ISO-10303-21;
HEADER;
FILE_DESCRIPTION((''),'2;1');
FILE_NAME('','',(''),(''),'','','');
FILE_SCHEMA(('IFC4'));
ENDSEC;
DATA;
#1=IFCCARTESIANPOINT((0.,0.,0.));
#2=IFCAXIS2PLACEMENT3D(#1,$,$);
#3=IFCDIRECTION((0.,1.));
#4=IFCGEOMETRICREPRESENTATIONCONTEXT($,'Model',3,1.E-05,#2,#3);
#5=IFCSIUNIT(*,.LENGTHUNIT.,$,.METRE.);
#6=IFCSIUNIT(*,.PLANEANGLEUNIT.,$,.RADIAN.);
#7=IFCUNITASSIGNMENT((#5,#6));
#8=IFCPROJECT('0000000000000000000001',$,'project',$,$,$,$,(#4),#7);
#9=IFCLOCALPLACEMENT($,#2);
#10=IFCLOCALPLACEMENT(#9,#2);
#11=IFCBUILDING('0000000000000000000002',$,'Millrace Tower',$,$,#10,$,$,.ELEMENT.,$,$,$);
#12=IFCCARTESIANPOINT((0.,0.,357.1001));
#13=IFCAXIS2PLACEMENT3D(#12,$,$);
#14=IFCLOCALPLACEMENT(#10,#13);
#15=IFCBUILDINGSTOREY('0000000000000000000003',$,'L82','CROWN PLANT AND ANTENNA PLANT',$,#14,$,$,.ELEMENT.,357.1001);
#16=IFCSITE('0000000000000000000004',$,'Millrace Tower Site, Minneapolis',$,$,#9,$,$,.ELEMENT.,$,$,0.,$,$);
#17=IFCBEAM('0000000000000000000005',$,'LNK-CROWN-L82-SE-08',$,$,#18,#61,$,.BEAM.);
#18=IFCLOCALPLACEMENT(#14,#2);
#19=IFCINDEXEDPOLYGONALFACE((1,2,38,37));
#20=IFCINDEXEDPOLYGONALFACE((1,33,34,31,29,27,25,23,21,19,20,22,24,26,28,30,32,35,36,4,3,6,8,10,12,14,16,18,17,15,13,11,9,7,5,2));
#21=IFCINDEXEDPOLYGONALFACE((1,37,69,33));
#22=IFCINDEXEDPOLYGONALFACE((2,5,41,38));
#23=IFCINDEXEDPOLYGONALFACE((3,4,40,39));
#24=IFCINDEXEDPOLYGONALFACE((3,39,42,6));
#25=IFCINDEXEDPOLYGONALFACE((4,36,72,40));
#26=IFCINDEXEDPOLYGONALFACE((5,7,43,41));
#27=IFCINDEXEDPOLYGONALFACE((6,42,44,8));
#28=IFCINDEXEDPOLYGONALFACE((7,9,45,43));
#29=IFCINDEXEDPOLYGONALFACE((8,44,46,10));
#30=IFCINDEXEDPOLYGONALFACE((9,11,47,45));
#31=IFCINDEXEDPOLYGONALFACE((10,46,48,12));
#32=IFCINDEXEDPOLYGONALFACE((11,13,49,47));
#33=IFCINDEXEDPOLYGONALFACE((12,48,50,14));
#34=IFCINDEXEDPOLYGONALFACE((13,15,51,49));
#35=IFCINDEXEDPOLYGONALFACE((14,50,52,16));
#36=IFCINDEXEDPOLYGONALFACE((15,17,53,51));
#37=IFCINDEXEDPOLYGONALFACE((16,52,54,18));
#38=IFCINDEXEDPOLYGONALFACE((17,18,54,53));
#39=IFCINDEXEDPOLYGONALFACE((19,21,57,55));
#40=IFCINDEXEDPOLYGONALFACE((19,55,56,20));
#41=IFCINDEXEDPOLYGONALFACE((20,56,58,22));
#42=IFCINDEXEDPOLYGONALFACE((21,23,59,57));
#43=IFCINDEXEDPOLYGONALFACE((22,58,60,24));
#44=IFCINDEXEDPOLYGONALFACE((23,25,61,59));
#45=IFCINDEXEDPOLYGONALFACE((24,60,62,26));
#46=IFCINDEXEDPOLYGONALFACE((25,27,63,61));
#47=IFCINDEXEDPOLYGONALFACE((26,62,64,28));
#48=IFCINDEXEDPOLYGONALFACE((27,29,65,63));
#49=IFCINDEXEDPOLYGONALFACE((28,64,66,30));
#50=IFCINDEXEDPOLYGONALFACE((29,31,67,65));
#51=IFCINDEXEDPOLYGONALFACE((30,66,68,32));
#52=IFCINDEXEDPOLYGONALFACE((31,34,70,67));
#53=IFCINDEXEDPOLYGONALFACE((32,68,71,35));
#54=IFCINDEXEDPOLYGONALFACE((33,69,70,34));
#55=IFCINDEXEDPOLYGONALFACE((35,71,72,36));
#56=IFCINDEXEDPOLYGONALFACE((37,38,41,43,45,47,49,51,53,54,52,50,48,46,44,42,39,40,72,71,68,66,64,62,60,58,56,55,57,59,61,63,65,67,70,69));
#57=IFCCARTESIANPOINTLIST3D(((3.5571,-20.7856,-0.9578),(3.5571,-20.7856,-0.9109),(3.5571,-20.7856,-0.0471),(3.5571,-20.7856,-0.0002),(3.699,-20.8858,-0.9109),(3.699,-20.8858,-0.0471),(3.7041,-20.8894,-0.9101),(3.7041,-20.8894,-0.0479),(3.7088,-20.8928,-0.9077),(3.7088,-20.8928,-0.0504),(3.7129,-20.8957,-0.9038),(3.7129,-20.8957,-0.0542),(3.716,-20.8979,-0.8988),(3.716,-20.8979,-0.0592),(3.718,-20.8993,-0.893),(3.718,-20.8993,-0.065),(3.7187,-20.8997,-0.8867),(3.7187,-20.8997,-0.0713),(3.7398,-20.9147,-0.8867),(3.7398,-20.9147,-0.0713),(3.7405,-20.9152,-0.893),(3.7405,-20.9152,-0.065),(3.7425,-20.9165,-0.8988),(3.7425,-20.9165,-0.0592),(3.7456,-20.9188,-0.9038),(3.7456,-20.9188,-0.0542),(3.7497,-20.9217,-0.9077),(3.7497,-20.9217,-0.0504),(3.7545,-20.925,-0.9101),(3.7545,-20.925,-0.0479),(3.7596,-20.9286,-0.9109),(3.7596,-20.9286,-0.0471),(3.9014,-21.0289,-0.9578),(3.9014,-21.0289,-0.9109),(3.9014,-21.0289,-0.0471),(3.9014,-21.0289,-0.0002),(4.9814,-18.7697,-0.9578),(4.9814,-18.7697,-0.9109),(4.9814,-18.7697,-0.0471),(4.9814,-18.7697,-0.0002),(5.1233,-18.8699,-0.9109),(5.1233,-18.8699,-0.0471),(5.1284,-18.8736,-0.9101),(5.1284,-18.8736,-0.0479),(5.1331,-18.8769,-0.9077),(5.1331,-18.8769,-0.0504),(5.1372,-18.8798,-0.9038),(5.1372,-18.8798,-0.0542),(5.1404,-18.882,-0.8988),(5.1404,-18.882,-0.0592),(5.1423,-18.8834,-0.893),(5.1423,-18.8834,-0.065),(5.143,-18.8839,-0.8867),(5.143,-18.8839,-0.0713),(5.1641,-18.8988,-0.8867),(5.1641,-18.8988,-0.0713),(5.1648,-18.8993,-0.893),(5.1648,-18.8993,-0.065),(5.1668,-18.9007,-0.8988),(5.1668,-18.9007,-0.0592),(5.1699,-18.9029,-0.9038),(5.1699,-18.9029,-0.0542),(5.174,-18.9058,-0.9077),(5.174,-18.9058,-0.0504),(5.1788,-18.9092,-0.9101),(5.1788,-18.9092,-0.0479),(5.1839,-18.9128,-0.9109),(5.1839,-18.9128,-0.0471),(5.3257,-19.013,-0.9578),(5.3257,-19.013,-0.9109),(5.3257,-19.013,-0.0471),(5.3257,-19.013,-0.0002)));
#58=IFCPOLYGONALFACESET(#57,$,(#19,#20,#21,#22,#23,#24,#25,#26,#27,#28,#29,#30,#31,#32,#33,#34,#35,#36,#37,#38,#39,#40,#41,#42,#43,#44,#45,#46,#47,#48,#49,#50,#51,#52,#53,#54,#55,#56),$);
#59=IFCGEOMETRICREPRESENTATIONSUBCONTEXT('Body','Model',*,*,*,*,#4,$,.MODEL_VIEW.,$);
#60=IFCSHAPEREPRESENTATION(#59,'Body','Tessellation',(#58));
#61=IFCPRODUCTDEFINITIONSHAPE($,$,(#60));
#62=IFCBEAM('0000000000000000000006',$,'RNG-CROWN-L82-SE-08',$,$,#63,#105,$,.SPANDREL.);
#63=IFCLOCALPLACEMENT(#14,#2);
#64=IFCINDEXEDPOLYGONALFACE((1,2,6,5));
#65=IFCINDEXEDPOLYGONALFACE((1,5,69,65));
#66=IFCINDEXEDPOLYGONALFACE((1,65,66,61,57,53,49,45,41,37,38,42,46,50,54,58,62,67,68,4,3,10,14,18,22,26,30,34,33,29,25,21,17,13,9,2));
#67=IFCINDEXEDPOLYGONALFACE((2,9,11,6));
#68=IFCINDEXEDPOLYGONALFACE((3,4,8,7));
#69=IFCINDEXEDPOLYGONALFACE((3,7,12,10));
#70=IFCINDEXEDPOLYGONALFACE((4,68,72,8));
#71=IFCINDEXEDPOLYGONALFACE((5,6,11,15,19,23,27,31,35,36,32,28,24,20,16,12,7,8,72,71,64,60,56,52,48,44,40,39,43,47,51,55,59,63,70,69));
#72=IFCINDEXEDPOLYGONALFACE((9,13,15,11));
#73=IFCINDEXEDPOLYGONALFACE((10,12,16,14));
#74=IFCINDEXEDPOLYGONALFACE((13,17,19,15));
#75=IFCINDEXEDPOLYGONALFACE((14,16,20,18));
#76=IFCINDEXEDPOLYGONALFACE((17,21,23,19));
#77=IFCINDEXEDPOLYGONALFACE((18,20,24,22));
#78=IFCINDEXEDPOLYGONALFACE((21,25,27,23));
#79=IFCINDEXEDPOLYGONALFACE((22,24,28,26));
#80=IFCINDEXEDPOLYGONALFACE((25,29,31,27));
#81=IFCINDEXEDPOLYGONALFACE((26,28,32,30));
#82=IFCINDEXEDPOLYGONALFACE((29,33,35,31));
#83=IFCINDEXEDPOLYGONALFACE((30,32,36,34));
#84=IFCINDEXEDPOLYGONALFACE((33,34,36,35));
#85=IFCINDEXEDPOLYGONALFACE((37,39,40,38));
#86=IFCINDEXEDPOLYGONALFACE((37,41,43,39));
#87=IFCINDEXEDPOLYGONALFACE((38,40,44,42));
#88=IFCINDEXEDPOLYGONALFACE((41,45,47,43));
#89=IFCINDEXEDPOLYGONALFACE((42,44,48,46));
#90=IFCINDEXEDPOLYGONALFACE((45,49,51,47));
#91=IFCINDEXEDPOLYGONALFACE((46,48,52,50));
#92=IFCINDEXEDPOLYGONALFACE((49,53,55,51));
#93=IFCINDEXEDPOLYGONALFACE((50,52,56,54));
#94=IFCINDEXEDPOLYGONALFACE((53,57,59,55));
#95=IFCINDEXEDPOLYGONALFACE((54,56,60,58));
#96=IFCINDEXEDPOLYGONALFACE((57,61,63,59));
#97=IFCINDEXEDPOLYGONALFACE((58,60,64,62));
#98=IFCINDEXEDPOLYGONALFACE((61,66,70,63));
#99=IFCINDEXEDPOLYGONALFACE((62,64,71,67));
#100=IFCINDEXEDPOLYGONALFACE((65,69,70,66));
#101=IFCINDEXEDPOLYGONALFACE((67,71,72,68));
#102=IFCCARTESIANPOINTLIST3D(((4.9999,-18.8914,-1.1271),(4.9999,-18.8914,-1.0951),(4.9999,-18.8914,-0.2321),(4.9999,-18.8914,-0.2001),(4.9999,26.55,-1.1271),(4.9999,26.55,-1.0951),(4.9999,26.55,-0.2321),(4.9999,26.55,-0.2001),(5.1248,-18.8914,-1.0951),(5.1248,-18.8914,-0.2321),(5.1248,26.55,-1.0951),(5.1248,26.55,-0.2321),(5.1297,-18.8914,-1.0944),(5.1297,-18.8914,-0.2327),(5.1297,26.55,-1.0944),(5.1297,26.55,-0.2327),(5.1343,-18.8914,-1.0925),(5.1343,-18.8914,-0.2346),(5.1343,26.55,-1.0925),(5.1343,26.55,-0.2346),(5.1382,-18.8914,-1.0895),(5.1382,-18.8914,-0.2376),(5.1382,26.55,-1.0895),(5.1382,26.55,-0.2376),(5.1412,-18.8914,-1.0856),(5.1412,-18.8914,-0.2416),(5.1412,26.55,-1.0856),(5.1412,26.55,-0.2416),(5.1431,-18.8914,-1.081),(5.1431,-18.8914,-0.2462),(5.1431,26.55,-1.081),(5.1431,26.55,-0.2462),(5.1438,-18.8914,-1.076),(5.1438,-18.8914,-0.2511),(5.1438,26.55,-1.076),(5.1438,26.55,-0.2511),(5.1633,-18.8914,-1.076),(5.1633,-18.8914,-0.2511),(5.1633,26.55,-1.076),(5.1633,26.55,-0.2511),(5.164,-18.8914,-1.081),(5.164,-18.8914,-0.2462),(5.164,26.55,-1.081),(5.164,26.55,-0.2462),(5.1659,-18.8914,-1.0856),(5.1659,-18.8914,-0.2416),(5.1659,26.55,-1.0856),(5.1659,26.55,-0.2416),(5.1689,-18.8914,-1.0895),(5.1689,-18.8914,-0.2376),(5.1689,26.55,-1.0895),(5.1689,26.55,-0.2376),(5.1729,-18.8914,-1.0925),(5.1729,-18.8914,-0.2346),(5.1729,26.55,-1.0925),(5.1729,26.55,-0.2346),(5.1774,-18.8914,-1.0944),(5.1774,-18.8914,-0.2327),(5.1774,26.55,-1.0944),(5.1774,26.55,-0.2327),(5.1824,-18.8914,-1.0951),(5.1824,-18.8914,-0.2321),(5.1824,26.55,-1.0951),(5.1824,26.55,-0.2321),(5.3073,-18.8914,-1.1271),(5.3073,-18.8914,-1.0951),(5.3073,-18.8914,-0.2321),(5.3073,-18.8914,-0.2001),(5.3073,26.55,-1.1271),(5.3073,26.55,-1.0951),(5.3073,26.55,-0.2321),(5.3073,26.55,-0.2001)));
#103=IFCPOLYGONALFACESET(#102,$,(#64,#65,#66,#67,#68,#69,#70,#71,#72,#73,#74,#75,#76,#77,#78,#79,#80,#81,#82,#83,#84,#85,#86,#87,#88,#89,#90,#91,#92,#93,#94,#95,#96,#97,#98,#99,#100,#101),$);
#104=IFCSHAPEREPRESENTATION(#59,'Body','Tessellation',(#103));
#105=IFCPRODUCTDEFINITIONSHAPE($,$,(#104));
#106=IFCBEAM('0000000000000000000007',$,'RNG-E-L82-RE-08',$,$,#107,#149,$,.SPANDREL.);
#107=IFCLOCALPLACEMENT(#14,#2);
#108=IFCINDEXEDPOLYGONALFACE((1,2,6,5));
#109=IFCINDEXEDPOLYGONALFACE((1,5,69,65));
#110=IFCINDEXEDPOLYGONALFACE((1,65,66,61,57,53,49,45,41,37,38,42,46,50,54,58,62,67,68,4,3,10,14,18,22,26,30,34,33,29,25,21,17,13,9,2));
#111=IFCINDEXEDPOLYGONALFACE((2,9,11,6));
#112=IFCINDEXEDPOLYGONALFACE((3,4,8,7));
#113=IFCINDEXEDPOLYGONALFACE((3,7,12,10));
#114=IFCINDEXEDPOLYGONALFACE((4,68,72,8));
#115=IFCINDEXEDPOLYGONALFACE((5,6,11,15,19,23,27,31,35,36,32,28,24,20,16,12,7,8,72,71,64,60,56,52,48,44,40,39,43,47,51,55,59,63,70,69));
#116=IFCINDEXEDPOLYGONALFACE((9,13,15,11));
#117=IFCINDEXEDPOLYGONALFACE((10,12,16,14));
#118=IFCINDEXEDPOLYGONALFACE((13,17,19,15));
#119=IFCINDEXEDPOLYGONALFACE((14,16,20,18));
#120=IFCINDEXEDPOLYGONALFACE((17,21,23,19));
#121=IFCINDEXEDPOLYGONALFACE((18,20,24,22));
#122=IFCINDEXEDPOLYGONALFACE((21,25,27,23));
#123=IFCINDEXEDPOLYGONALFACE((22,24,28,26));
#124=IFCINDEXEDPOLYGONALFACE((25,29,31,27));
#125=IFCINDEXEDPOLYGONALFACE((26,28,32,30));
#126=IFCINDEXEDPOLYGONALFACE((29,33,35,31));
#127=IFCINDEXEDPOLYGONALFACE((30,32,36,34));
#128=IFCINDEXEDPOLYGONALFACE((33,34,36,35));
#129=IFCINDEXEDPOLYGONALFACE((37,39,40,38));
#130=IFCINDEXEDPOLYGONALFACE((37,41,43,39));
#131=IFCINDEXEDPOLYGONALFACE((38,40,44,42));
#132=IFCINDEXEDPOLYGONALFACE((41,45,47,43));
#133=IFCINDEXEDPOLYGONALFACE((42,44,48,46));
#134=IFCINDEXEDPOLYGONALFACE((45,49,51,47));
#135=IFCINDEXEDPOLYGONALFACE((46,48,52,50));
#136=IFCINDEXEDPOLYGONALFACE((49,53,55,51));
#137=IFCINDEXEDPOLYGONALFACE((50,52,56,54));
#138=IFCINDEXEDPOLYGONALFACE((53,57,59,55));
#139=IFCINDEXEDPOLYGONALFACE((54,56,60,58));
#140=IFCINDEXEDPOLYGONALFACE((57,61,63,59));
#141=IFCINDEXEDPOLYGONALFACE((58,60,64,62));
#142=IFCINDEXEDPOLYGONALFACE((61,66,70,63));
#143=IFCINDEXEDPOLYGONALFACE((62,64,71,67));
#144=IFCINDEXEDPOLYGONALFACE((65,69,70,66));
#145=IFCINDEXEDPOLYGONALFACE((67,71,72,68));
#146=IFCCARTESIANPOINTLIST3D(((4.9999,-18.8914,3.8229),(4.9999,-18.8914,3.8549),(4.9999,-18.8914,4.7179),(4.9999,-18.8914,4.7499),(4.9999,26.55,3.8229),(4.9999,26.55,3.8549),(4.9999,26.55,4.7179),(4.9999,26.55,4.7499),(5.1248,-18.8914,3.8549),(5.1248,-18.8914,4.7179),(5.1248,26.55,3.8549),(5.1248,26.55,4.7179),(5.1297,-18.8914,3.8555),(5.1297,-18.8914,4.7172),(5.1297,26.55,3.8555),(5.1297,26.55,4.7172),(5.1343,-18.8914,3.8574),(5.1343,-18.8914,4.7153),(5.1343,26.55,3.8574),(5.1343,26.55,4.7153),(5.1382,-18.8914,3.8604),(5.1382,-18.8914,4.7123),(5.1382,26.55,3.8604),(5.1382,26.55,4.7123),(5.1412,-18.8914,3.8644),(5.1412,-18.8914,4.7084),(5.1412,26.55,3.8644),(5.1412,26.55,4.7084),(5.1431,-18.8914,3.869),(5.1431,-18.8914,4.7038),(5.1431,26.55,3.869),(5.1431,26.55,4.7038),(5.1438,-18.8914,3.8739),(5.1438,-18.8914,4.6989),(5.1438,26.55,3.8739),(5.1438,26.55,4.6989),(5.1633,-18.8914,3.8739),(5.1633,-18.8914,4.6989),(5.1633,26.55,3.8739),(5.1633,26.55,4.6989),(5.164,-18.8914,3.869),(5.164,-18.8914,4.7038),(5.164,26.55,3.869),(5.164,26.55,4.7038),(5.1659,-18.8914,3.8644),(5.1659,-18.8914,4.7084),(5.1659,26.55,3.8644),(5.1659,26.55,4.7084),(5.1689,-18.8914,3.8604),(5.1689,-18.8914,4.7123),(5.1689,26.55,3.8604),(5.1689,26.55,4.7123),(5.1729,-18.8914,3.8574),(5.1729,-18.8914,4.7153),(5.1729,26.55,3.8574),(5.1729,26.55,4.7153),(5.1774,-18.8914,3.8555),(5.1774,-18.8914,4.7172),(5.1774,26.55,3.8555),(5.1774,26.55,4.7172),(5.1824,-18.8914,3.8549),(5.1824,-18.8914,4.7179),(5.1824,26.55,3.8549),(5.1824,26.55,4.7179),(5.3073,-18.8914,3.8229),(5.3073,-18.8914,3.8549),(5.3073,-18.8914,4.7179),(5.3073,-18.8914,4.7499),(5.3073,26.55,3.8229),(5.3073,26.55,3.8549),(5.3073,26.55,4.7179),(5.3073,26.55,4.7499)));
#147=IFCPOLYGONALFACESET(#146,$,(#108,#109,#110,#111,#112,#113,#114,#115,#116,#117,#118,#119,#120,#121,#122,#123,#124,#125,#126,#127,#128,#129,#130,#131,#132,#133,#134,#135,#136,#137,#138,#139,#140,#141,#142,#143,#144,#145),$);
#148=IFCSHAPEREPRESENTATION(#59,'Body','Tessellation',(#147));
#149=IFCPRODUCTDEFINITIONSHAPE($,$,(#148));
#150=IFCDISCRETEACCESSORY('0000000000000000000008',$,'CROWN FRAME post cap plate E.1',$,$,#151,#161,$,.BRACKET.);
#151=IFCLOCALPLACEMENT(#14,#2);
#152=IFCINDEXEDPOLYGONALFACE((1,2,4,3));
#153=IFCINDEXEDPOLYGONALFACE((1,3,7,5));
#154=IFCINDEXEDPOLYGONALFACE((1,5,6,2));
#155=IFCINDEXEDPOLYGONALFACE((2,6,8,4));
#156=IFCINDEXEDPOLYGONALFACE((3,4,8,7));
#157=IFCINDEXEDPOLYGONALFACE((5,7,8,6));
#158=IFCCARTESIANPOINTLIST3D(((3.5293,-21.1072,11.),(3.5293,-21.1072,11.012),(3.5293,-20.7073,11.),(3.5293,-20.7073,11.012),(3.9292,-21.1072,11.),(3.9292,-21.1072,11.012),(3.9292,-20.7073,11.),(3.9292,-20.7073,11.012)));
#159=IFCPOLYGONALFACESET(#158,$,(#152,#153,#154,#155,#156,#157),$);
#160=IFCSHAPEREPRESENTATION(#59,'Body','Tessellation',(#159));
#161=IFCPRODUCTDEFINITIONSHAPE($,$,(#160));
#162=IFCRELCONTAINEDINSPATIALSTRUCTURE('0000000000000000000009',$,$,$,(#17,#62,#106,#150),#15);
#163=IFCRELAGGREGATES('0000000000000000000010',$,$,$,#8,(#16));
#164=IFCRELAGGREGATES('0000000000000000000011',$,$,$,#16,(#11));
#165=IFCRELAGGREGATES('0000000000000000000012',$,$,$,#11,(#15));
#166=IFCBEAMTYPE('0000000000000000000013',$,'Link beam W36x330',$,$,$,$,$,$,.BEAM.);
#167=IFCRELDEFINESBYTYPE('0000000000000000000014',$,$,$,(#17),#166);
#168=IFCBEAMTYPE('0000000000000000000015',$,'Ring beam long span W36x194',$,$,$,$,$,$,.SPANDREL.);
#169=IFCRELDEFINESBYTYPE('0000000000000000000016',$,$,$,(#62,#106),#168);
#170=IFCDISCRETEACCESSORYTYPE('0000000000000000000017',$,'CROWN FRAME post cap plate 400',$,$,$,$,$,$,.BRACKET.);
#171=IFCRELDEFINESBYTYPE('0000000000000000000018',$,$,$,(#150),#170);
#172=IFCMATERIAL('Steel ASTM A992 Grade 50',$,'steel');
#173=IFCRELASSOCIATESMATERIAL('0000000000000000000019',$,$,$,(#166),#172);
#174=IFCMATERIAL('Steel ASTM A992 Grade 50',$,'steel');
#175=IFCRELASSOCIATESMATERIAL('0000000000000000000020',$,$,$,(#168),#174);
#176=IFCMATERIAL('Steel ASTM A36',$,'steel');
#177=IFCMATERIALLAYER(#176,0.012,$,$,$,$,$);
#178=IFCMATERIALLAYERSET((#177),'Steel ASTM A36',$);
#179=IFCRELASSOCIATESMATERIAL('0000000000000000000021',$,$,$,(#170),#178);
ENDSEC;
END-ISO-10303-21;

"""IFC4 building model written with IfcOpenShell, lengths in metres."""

from ifc_helpers import new_model, si_unit, direction, frame, origin, origin_2d, place, context, subcontext, project, spatial, rectangle, i_section, extrude, material, layer, layer_set, material_profile, profile_set, type_object, element, save


model = new_model("IFC4")

# Units and contexts
model_context = context("Model", 3, precision=1e-05, world=origin(), true_north=direction((0.0, 1.0)))
body_context = subcontext(model_context, "Body", "Model", "MODEL_VIEW")
ifc_project = project(units=[si_unit("LENGTHUNIT", "METRE"), si_unit("PLANEANGLEUNIT", "RADIAN")], contexts=[model_context])

# Site, building, storey
site_placement = place(None, origin())
site = spatial("IfcSite", under=ifc_project, at=site_placement, Name="Millrace Tower Site, Minneapolis", CompositionType="ELEMENT", RefElevation=0.0)
building_placement = place(site_placement, origin())
building = spatial("IfcBuilding", under=site, at=building_placement, Name="Millrace Tower", CompositionType="ELEMENT")
storey_placement = place(building_placement, frame((0.0, 0.0, 357.1001)))
storey = spatial("IfcBuildingStorey", under=building, at=storey_placement, Name="L82", Description="CROWN PLANT AND ANTENNA PLANT", CompositionType="ELEMENT", Elevation=357.1001)

# Beams
ifc_material_1 = material(Name="Steel ASTM A992 Grade 50", Category="steel")
ifc_material_profile_1 = material_profile(ifc_material_1, i_section(OverallWidth=0.4216, OverallDepth=0.9575, WebThickness=0.0259, FlangeThickness=0.0469, FilletRadius=0.0242, at=origin_2d()))
ifc_profile_set_1 = profile_set([ifc_material_profile_1], Name="Steel ASTM A992 Grade 50")
beam_type_1 = type_object("IfcBeamType", Name="Link beam W36x330", PredefinedType="BEAM", material=ifc_profile_set_1)
beam_1_placement = place(storey_placement, frame((5.1536, -18.8914, -0.479), z_axis=(-0.577048, -0.81671, 0.0), x_axis=(0.81671, -0.577048, 0.0)))
element("IfcBeam", 1, at=beam_1_placement, inside=storey, type_object=beam_type_1, Name="LNK-CROWN-L82-SE-08", PredefinedType="BEAM", context=body_context, shape_type="SweptSolid", body=[
    extrude(i_section(OverallWidth=0.4216, OverallDepth=0.9575, WebThickness=0.0259, FlangeThickness=0.0469, FilletRadius=0.0242, at=origin_2d()), origin(), (0.0, 0.0, 1.0), 2.4683),
])
ifc_material_2 = material(Name="Steel ASTM A992 Grade 50", Category="steel")
ifc_material_profile_2 = material_profile(ifc_material_2, i_section(OverallWidth=0.3074, OverallDepth=0.927, WebThickness=0.0195, FlangeThickness=0.032, FilletRadius=0.019, at=origin_2d()))
ifc_profile_set_2 = profile_set([ifc_material_profile_2], Name="Steel ASTM A992 Grade 50")
beam_type_2 = type_object("IfcBeamType", Name="Ring beam long span W36x194", PredefinedType="SPANDREL", material=ifc_profile_set_2)
for number, where, z_axis, x_axis, name in (
    (2, (5.1536, -18.8914, -0.6636), (0.0, 1.0, 0.0), (-1.0, 0.0, 0.0), "RNG-CROWN-L82-SE-08"),
    (3, (5.1536, -18.8914, 4.2864), (0.0, 1.0, 0.0), (-1.0, 0.0, 0.0), "RNG-E-L82-RE-08"),
):
    element("IfcBeam", number, at=place(storey_placement, frame(where, z_axis=z_axis, x_axis=x_axis)), inside=storey, type_object=beam_type_2, Name=name, PredefinedType="SPANDREL", context=body_context, shape_type="SweptSolid", body=[
        extrude(i_section(OverallWidth=0.3074, OverallDepth=0.927, WebThickness=0.0195, FlangeThickness=0.032, FilletRadius=0.019, at=origin_2d()), origin(), (0.0, 0.0, 1.0), 45.4414),
    ])

# Discrete accessory
ifc_material_3 = material(Name="Steel ASTM A36", Category="steel")
ifc_layer_1 = layer(ifc_material_3, 0.012)
ifc_layer_set_1 = layer_set([ifc_layer_1], Name="Steel ASTM A36")
discrete_accessory_type = type_object("IfcDiscreteAccessoryType", Name="CROWN FRAME post cap plate 400", PredefinedType="BRACKET", material=ifc_layer_set_1)
discrete_accessory_placement = place(storey_placement, frame((3.7292, -20.9072, 11.0), z_axis=(0.0, 0.0, 1.0), x_axis=(1.0, 0.0, 0.0)))
element("IfcDiscreteAccessory", 4, at=discrete_accessory_placement, inside=storey, type_object=discrete_accessory_type, Name="CROWN FRAME post cap plate E.1", PredefinedType="BRACKET", context=body_context, shape_type="SweptSolid", body=[
    extrude(rectangle(XDim=0.3999, YDim=0.3999, at=origin_2d()), origin(), (0.0, 0.0, 1.0), 0.012),
])

save(model, "model.ifc")
